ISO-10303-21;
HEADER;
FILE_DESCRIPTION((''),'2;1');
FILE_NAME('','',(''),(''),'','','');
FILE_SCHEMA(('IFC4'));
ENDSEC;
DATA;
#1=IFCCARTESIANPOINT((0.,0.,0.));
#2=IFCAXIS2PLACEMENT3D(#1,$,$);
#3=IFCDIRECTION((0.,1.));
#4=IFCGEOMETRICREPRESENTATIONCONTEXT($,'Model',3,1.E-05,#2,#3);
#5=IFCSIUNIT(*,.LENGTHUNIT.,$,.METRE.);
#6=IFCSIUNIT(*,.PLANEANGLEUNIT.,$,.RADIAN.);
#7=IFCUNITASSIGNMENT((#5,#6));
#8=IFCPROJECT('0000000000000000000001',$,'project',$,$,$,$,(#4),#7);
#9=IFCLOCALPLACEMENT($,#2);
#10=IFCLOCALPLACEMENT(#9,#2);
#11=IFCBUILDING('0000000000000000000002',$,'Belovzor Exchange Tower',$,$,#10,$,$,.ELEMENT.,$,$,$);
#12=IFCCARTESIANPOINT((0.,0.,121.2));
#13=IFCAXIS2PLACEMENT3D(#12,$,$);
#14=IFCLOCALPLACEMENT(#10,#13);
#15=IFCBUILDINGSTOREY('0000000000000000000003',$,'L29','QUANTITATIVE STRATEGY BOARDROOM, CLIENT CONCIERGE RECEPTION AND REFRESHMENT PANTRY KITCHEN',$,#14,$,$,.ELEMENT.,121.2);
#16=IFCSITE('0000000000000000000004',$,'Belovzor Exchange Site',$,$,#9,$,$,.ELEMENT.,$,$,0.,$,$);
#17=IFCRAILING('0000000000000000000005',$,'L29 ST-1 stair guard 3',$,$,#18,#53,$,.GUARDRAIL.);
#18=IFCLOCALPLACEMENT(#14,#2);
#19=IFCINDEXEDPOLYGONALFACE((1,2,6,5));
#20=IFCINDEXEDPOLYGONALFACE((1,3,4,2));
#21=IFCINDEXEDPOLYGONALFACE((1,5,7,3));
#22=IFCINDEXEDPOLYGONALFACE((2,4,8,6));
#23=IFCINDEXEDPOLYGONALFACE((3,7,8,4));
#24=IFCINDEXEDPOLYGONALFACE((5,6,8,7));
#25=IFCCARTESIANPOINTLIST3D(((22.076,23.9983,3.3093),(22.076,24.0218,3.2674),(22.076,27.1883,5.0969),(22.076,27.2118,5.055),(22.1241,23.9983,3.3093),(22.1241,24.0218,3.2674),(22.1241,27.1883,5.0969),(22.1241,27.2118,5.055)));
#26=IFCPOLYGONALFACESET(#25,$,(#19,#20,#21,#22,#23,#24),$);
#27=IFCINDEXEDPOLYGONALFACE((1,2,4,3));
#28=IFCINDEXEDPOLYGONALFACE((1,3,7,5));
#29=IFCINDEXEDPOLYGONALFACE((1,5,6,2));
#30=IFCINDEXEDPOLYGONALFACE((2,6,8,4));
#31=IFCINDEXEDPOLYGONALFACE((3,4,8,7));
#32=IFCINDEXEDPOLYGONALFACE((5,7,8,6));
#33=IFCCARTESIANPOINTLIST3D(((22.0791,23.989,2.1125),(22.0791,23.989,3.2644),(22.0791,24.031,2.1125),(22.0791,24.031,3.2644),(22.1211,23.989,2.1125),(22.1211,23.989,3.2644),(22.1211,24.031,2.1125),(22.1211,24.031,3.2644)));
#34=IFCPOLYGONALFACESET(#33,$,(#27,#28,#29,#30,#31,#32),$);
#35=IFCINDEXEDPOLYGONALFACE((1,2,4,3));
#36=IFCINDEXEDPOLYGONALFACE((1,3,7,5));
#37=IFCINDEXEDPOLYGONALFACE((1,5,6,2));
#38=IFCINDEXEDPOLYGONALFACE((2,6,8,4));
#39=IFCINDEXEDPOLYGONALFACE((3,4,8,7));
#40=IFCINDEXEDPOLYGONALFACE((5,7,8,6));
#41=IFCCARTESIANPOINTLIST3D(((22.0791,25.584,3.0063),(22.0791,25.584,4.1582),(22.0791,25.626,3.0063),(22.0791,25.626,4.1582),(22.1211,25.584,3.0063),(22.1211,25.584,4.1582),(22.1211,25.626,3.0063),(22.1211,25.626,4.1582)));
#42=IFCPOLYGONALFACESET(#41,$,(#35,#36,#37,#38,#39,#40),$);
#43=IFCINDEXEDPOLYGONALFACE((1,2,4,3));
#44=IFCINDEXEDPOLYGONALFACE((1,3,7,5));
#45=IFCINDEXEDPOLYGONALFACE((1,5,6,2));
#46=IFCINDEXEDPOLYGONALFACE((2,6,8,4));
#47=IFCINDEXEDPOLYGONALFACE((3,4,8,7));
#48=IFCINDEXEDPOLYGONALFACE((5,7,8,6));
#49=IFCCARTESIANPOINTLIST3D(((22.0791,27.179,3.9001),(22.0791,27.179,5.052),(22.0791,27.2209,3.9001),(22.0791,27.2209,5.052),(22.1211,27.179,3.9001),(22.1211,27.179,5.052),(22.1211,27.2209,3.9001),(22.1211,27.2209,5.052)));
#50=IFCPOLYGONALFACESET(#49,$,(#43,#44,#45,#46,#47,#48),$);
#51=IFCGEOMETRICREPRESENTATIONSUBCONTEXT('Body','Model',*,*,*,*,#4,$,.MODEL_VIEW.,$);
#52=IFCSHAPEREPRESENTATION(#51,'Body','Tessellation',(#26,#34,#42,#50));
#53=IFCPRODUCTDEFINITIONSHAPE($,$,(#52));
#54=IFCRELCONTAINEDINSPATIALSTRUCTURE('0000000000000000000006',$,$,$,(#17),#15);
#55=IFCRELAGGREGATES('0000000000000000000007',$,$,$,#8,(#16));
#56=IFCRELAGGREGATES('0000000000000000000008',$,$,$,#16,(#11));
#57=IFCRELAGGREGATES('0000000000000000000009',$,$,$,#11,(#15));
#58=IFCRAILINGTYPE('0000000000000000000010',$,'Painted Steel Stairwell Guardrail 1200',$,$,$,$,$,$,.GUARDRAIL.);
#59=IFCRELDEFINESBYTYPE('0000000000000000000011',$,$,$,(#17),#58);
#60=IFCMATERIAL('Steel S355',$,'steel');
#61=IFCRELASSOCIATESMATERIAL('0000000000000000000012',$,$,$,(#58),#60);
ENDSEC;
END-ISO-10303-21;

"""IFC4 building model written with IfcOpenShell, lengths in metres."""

from ifc_helpers import new_model, si_unit, direction, frame, origin, origin_2d, place, context, subcontext, project, spatial, rectangle, extrude, material, type_object, element, save


model = new_model("IFC4")

# Units and contexts
model_context = context("Model", 3, precision=1e-05, world=origin(), true_north=direction((0.0, 1.0)))
body_context = subcontext(model_context, "Body", "Model", "MODEL_VIEW")
ifc_project = project(units=[si_unit("LENGTHUNIT", "METRE"), si_unit("PLANEANGLEUNIT", "RADIAN")], contexts=[model_context])

# Site, building, storey
site_placement = place(None, origin())
site = spatial("IfcSite", under=ifc_project, at=site_placement, Name="Belovzor Exchange Site", CompositionType="ELEMENT", RefElevation=0.0)
building_placement = place(site_placement, origin())
building = spatial("IfcBuilding", under=site, at=building_placement, Name="Belovzor Exchange Tower", CompositionType="ELEMENT")
storey_placement = place(building_placement, frame((0.0, 0.0, 121.2)))
storey = spatial("IfcBuildingStorey", under=building, at=storey_placement, Name="L29", Description="QUANTITATIVE STRATEGY BOARDROOM, CLIENT CONCIERGE RECEPTION AND REFRESHMENT PANTRY KITCHEN", CompositionType="ELEMENT", Elevation=121.2)

# Railing
ifc_material_1 = material(Name="Steel S355", Category="steel")
railing_type_1 = type_object("IfcRailingType", Name="Painted Steel Stairwell Guardrail 1200", PredefinedType="GUARDRAIL", material=ifc_material_1)
railing_1_placement = place(storey_placement, frame((22.1001, 24.01, 2.1125)))
element("IfcRailing", 1, at=railing_1_placement, inside=storey, type_object=railing_type_1, Name="L29 ST-1 stair guard 3", PredefinedType="GUARDRAIL", context=body_context, shape_type="SweptSolid", body=[
    extrude(rectangle(XDim=0.0481, YDim=0.0481, at=origin_2d()), frame((0.0, 0.0, 1.1758), z_axis=(0.0, 0.872363, 0.48886), x_axis=(-1.0, 0.0, 0.0)), (0.0, 0.0, 1.0), 3.6567),
    extrude(rectangle(XDim=0.042, YDim=0.042, at=origin_2d()), origin(), (0.0, 0.0, 1.0), 1.1519),
    extrude(rectangle(XDim=0.042, YDim=0.042, at=origin_2d()), frame((0.0, 1.595, 0.8938)), (0.0, 0.0, 1.0), 1.1519),
    extrude(rectangle(XDim=0.042, YDim=0.042, at=origin_2d()), frame((0.0, 3.1899, 1.7876)), (0.0, 0.0, 1.0), 1.1519),
])

save(model, "model.ifc")
